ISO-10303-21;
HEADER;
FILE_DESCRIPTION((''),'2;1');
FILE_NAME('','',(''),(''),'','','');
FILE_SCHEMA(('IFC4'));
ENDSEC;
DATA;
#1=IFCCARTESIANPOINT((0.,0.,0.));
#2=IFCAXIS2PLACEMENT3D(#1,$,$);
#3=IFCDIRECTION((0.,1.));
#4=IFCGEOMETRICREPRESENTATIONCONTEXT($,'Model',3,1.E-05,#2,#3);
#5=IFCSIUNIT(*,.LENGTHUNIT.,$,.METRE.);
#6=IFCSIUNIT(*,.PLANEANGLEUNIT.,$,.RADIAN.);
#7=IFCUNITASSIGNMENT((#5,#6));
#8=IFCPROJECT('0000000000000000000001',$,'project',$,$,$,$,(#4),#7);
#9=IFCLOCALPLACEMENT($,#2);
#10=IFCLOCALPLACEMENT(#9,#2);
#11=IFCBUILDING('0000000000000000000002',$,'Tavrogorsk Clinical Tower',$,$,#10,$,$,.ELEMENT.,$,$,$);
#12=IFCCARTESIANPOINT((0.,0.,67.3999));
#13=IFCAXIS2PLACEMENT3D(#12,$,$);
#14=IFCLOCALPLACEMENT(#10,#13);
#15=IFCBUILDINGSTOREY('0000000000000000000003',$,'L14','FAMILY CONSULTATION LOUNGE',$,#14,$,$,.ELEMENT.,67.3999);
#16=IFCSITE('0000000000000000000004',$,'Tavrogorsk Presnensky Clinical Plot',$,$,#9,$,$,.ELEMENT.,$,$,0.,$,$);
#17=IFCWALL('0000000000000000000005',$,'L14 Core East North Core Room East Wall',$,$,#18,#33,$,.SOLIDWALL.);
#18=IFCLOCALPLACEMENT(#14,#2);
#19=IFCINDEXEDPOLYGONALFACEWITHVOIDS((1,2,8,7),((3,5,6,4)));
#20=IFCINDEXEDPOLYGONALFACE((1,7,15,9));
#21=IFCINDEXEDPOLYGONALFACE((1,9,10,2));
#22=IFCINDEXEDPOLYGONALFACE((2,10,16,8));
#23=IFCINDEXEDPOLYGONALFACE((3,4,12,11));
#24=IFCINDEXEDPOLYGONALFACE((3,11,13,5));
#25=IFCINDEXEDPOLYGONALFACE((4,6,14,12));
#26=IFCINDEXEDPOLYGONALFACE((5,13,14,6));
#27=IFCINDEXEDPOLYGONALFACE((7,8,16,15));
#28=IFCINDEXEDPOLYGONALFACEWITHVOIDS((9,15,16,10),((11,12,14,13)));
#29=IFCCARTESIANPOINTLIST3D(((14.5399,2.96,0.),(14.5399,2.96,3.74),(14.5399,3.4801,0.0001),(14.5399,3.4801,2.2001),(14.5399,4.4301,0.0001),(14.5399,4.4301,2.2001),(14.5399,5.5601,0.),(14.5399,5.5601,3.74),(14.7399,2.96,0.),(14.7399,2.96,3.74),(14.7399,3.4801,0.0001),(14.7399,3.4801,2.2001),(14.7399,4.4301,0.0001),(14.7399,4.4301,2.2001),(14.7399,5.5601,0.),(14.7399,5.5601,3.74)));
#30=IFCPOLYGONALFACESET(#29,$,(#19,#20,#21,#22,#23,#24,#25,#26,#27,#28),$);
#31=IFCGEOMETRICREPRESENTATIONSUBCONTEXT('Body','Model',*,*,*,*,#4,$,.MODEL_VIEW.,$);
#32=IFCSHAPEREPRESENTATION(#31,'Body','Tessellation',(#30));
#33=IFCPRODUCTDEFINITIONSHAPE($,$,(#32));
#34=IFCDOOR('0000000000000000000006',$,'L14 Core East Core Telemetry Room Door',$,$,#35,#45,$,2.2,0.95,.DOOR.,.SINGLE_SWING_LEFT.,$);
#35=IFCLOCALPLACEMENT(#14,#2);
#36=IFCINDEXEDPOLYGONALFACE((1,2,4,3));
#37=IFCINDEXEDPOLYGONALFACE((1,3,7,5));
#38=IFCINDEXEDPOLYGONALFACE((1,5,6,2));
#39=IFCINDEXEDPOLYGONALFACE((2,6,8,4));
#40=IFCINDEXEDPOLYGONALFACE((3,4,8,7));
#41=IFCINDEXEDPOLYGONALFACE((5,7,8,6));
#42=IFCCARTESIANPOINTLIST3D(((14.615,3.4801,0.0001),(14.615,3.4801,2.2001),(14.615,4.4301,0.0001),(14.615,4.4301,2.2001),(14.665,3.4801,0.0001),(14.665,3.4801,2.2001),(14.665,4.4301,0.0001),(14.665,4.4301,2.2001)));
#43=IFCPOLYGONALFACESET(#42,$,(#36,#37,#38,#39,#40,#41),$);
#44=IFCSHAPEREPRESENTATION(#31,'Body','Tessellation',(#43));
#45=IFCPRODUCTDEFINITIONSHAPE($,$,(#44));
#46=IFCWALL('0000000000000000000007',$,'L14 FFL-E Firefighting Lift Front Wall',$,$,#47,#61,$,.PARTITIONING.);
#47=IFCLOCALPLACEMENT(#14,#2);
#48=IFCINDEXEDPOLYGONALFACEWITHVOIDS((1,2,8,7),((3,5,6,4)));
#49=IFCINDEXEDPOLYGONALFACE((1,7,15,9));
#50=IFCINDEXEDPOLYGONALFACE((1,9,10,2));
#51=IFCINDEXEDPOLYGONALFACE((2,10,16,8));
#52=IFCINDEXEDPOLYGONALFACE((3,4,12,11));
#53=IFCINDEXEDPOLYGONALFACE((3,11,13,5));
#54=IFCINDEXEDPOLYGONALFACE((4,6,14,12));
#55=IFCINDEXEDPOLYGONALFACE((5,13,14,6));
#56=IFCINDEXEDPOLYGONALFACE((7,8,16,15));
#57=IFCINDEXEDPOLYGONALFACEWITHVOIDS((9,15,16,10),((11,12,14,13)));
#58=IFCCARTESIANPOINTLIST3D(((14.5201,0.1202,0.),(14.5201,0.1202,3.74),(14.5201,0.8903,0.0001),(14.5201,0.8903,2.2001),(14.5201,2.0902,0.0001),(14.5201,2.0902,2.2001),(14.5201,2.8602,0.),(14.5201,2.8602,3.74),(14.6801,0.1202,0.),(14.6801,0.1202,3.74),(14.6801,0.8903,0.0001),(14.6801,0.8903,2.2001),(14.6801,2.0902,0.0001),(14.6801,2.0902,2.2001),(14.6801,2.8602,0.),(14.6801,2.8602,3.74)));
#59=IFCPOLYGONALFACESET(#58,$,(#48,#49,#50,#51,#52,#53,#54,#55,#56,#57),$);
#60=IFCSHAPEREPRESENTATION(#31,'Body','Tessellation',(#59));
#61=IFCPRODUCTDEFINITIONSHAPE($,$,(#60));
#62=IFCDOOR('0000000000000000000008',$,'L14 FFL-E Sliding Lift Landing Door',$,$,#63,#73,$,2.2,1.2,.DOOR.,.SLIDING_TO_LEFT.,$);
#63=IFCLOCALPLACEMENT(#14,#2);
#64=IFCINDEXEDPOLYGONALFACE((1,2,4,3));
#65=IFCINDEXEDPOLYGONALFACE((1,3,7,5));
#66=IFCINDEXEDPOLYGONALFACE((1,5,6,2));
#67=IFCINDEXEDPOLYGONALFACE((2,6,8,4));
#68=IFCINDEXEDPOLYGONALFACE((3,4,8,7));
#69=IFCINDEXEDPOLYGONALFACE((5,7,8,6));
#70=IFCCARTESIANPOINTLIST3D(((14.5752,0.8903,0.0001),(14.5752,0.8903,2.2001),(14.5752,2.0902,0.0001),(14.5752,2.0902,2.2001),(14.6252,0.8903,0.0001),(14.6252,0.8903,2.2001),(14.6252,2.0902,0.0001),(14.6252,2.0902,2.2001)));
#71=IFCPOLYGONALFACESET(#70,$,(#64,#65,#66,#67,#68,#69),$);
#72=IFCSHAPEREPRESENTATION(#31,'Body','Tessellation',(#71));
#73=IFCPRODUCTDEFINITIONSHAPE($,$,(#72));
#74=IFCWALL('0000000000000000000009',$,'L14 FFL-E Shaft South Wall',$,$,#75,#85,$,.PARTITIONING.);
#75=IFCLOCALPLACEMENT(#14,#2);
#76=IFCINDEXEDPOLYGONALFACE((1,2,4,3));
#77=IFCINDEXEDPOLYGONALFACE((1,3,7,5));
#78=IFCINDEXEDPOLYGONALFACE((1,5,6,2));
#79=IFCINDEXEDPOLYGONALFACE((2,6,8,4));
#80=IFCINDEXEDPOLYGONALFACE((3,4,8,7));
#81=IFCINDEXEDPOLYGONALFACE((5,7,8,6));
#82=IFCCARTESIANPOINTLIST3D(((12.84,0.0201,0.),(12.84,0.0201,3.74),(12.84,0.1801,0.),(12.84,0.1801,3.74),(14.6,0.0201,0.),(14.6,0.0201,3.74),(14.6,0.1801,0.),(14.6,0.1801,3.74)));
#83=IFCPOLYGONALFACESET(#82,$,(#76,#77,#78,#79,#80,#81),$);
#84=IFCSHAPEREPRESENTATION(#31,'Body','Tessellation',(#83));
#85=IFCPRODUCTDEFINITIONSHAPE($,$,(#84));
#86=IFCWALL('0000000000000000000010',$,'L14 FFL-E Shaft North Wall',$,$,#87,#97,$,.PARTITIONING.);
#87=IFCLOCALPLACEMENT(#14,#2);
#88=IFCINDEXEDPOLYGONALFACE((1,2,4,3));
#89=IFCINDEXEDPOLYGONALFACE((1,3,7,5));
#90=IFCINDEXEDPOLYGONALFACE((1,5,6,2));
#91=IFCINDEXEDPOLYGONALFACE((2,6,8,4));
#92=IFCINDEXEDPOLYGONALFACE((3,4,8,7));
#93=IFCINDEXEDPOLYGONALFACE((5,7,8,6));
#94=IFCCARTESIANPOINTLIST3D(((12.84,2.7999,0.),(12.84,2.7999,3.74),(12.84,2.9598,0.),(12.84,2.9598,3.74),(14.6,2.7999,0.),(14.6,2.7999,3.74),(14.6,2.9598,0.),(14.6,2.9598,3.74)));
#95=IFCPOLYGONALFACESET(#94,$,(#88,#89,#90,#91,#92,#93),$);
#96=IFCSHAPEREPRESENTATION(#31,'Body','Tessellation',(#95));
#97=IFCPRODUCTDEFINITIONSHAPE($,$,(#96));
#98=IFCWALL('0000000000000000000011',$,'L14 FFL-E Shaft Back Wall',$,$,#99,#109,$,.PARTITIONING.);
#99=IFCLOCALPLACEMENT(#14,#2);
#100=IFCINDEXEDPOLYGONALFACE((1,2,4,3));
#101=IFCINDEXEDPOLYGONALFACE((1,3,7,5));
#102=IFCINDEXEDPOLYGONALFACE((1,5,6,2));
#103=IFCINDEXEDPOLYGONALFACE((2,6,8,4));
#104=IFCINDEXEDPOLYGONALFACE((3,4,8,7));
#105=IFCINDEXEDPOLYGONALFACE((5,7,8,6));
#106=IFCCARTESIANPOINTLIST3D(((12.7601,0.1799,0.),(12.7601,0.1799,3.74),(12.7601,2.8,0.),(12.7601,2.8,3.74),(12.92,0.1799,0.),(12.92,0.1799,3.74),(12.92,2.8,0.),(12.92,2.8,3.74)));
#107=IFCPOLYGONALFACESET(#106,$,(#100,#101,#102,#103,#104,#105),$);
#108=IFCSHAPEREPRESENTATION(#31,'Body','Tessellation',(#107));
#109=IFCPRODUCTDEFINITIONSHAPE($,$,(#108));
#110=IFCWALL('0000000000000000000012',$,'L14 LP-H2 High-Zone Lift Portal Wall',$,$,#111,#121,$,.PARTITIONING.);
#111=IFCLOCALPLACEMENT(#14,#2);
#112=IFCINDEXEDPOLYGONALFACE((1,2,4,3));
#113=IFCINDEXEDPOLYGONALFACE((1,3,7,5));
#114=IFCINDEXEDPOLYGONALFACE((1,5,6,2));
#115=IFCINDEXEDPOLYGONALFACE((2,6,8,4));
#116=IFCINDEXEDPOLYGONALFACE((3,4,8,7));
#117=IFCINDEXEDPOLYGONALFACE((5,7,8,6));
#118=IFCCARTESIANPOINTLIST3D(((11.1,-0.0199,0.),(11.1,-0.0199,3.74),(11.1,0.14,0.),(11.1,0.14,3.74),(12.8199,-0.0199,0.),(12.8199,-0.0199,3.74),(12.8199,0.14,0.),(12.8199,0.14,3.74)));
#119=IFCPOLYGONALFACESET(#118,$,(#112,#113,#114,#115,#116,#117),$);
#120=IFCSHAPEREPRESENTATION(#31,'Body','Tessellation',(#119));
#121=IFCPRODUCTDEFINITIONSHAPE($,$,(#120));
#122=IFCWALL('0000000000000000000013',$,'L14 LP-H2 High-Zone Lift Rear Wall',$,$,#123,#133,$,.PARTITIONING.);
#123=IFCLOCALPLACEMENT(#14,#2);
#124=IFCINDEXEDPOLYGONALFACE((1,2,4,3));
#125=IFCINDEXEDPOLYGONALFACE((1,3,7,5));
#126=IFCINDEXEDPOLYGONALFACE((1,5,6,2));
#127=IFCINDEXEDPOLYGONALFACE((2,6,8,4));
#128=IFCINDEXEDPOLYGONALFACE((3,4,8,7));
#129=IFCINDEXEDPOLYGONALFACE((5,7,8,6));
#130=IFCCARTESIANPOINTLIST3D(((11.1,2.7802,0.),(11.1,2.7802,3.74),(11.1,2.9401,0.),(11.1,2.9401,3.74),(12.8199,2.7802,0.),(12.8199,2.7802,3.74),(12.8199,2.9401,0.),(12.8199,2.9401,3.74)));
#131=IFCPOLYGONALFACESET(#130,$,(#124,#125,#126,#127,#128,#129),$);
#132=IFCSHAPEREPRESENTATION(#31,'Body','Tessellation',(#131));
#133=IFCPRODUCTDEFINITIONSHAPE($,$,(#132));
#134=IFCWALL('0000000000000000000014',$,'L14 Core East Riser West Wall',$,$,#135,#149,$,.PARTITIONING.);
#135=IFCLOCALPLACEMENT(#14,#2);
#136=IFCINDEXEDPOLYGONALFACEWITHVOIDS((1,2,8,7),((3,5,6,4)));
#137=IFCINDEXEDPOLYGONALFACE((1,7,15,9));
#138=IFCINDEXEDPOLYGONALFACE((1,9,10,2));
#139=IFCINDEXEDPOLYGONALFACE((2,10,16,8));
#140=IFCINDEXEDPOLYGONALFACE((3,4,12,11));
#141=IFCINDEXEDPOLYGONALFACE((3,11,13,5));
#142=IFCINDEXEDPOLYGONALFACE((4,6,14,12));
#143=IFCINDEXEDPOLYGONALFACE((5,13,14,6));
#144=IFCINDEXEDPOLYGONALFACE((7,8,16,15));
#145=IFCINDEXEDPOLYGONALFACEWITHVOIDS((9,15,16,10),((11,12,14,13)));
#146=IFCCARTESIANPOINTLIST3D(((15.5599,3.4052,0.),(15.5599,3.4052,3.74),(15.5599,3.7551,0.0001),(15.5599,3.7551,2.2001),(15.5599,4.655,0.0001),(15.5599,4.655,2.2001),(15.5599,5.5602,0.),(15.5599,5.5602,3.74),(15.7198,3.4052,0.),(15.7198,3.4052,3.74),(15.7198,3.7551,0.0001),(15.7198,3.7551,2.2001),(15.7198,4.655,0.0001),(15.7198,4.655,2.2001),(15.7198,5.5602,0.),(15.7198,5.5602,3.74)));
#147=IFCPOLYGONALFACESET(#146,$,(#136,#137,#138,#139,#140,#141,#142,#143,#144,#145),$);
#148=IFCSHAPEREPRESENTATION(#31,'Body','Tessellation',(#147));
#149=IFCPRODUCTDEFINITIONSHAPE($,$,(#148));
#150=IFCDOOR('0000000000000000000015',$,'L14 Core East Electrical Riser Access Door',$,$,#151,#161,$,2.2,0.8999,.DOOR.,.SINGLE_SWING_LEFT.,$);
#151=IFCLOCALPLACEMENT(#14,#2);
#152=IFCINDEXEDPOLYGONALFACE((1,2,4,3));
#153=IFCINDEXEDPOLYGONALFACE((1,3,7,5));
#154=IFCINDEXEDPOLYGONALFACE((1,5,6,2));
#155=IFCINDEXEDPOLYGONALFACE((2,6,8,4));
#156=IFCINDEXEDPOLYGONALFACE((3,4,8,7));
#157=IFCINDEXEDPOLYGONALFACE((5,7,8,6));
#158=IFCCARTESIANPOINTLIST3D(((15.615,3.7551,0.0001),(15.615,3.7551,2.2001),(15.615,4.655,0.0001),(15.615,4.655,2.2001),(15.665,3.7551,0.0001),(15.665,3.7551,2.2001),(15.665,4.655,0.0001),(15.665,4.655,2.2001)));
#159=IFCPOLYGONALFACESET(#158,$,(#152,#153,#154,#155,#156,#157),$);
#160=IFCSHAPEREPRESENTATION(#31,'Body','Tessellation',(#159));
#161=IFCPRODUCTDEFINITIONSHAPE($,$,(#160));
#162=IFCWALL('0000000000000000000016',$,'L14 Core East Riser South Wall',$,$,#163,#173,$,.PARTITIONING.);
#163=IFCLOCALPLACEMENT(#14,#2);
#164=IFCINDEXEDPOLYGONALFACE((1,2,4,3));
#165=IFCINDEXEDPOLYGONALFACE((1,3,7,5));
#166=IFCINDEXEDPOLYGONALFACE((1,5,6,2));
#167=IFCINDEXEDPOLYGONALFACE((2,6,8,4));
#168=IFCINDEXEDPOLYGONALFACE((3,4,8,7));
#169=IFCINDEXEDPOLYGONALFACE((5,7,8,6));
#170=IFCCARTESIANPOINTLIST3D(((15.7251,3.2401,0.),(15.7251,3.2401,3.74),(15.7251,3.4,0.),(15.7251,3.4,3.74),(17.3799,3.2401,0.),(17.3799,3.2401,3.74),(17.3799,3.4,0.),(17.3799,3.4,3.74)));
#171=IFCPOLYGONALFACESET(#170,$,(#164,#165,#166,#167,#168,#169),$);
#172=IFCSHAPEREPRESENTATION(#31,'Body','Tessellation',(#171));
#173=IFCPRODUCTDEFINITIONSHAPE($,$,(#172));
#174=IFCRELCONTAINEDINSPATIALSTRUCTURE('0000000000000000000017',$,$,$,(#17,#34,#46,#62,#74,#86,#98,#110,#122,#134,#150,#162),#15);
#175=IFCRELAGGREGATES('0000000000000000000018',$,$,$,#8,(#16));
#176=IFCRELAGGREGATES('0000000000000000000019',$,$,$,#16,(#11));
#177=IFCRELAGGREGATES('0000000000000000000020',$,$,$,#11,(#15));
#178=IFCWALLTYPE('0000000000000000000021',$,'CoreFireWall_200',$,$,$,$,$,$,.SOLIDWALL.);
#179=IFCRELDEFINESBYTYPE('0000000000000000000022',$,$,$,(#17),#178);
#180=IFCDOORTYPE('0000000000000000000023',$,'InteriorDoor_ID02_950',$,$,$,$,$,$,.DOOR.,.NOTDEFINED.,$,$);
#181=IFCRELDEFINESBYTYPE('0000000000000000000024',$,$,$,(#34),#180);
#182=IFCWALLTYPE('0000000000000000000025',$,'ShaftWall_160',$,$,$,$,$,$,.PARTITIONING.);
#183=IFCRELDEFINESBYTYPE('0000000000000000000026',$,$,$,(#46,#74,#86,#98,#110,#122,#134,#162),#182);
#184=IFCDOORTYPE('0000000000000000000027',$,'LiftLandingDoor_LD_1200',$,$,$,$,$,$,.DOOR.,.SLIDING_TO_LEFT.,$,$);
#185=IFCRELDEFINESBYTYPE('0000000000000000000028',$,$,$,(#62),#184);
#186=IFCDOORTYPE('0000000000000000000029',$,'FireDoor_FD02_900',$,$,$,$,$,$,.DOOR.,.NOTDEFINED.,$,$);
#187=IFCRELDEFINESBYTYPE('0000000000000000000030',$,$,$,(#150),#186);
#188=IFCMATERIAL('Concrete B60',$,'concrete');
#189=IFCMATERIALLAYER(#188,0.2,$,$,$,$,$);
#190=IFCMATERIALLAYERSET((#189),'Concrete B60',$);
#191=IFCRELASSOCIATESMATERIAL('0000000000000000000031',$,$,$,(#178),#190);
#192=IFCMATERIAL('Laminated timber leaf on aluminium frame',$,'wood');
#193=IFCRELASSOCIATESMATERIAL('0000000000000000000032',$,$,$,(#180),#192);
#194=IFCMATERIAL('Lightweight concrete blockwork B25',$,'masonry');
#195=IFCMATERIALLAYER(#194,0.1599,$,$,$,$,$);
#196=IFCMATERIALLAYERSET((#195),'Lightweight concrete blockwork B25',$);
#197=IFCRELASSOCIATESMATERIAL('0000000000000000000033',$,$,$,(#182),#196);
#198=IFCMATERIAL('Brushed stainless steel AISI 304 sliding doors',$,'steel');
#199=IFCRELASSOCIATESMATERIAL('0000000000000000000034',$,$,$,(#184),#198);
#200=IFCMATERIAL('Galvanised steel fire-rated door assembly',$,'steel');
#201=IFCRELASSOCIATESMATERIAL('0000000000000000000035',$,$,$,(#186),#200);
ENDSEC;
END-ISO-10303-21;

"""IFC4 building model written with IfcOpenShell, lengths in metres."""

from ifc_helpers import new_model, si_unit, direction, frame, frame_2d, origin, place, context, subcontext, project, spatial, rectangle, extrude, material, layer, layer_set, type_object, element, fill, save


model = new_model("IFC4")

# Units and contexts
model_context = context("Model", 3, precision=1e-05, world=origin(), true_north=direction((0.0, 1.0)))
body_context = subcontext(model_context, "Body", "Model", "MODEL_VIEW")
ifc_project = project(units=[si_unit("LENGTHUNIT", "METRE"), si_unit("PLANEANGLEUNIT", "RADIAN")], contexts=[model_context])

# Site, building, storey
site_placement = place(None, origin())
site = spatial("IfcSite", under=ifc_project, at=site_placement, Name="Tavrogorsk Presnensky Clinical Plot", CompositionType="ELEMENT", RefElevation=0.0)
building_placement = place(site_placement, origin())
building = spatial("IfcBuilding", under=site, at=building_placement, Name="Tavrogorsk Clinical Tower", CompositionType="ELEMENT")
storey_placement = place(building_placement, frame((0.0, 0.0, 67.3999)))
storey = spatial("IfcBuildingStorey", under=building, at=storey_placement, Name="L14", Description="FAMILY CONSULTATION LOUNGE", CompositionType="ELEMENT", Elevation=67.3999)

# Walls, openings, doors
ifc_material_1 = material(Name="Concrete B60", Category="concrete")
ifc_layer_1 = layer(ifc_material_1, 0.2)
ifc_layer_set_1 = layer_set([ifc_layer_1], Name="Concrete B60")
wall_type_1 = type_object("IfcWallType", Name="CoreFireWall_200", PredefinedType="SOLIDWALL", material=ifc_layer_set_1)
wall_1_placement = place(storey_placement, frame((14.6399, 2.96, 0.0), z_axis=(0.0, 0.0, 1.0), x_axis=(0.0, 1.0, 0.0)))
wall_1 = element("IfcWall", 1, at=wall_1_placement, inside=storey, type_object=wall_type_1, Name="L14 Core East North Core Room East Wall", PredefinedType="SOLIDWALL", context=body_context, shape_type="SweptSolid", body=[
    extrude(rectangle(XDim=2.6001, YDim=0.2, at=frame_2d((1.3, 0.0))), origin(), (0.0, 0.0, 1.0), 3.74),
])
opening_1_placement = place(wall_1_placement, frame((0.52, 0.0, 0.0)))
opening_1 = element("IfcOpeningElement", 2, at=opening_1_placement, cuts=wall_1, PredefinedType="OPENING", context=body_context, shape_type="SweptSolid", body=[
    extrude(rectangle(XDim=0.95, YDim=2.2, at=frame_2d((0.4751, 1.1001))), frame((0.0, 0.1099, 0.0), z_axis=(0.0, -1.0, 0.0), x_axis=(1.0, 0.0, 0.0)), (0.0, 0.0, 1.0), 0.22),
])
ifc_material_2 = material(Name="Laminated timber leaf on aluminium frame", Category="wood")
door_type_1 = type_object("IfcDoorType", Name="InteriorDoor_ID02_950", OperationType="NOTDEFINED", PredefinedType="DOOR", material=ifc_material_2)
door_1_placement = place(opening_1_placement, origin())
door_1 = element("IfcDoor", 3, at=door_1_placement, inside=storey, type_object=door_type_1, Name="L14 Core East Core Telemetry Room Door", OperationType="SINGLE_SWING_LEFT", OverallHeight=2.2, OverallWidth=0.95, PredefinedType="DOOR", context=body_context, shape_type="SweptSolid", body=[
    extrude(rectangle(XDim=0.95, YDim=2.2, at=frame_2d((0.4751, 1.1001))), frame((0.0, 0.0249, 0.0), z_axis=(0.0, -1.0, 0.0), x_axis=(1.0, 0.0, 0.0)), (0.0, 0.0, 1.0), 0.05),
])
fill(opening_1, door_1)
ifc_material_3 = material(Name="Lightweight concrete blockwork B25", Category="masonry")
ifc_layer_2 = layer(ifc_material_3, 0.1599)
ifc_layer_set_2 = layer_set([ifc_layer_2], Name="Lightweight concrete blockwork B25")
wall_type_2 = type_object("IfcWallType", Name="ShaftWall_160", PredefinedType="PARTITIONING", material=ifc_layer_set_2)
wall_2_placement = place(storey_placement, frame((14.6001, 0.1201, 0.0), z_axis=(0.0, 0.0, 1.0), x_axis=(0.0, 1.0, 0.0)))
wall_2 = element("IfcWall", 4, at=wall_2_placement, inside=storey, type_object=wall_type_2, Name="L14 FFL-E Firefighting Lift Front Wall", PredefinedType="PARTITIONING", context=body_context, shape_type="SweptSolid", body=[
    extrude(rectangle(XDim=2.74, YDim=0.1599, at=frame_2d((1.3701, 0.0))), origin(), (0.0, 0.0, 1.0), 3.74),
])
opening_2_placement = place(wall_2_placement, frame((0.77, 0.0, 0.0)))
opening_2 = element("IfcOpeningElement", 5, at=opening_2_placement, cuts=wall_2, PredefinedType="OPENING", context=body_context, shape_type="SweptSolid", body=[
    extrude(rectangle(XDim=1.2, YDim=2.2, at=frame_2d((0.6001, 1.1001))), frame((0.0, 0.0898, 0.0), z_axis=(0.0, -1.0, 0.0), x_axis=(1.0, 0.0, 0.0)), (0.0, 0.0, 1.0), 0.1799),
])
ifc_material_4 = material(Name="Brushed stainless steel AISI 304 sliding doors", Category="steel")
door_type_2 = type_object("IfcDoorType", Name="LiftLandingDoor_LD_1200", OperationType="SLIDING_TO_LEFT", PredefinedType="DOOR", material=ifc_material_4)
door_2_placement = place(opening_2_placement, origin())
door_2 = element("IfcDoor", 6, at=door_2_placement, inside=storey, type_object=door_type_2, Name="L14 FFL-E Sliding Lift Landing Door", OperationType="SLIDING_TO_LEFT", OverallHeight=2.2, OverallWidth=1.2, PredefinedType="DOOR", context=body_context, shape_type="SweptSolid", body=[
    extrude(rectangle(XDim=1.2, YDim=2.2, at=frame_2d((0.6001, 1.1001))), frame((0.0, 0.0249, 0.0), z_axis=(0.0, -1.0, 0.0), x_axis=(1.0, 0.0, 0.0)), (0.0, 0.0, 1.0), 0.05),
])
fill(opening_2, door_2)

# Walls
for number, where, z_axis, x_axis, name in (
    (7, (12.8401, 0.1001, 0.0), (0.0, 0.0, 1.0), (1.0, 0.0, 0.0), "L14 FFL-E Shaft South Wall"),
    (8, (12.8401, 2.8799, 0.0), (0.0, 0.0, 1.0), (1.0, 0.0, 0.0), "L14 FFL-E Shaft North Wall"),
):
    element("IfcWall", number, at=place(storey_placement, frame(where, z_axis=z_axis, x_axis=x_axis)), inside=storey, type_object=wall_type_2, Name=name, PredefinedType="PARTITIONING", context=body_context, shape_type="SweptSolid", body=[
        extrude(rectangle(XDim=1.76, YDim=0.1599, at=frame_2d((0.8799, 0.0))), origin(), (0.0, 0.0, 1.0), 3.74),
    ])
wall_3_placement = place(storey_placement, frame((12.8401, 0.1799, 0.0), z_axis=(0.0, 0.0, 1.0), x_axis=(0.0, 1.0, 0.0)))
element("IfcWall", 9, at=wall_3_placement, inside=storey, type_object=wall_type_2, Name="L14 FFL-E Shaft Back Wall", PredefinedType="PARTITIONING", context=body_context, shape_type="SweptSolid", body=[
    extrude(rectangle(XDim=2.6201, YDim=0.1599, at=frame_2d((1.3101, 0.0))), origin(), (0.0, 0.0, 1.0), 3.74),
])
for number, where, z_axis, x_axis, name in (
    (10, (11.1001, 0.0601, 0.0), (0.0, 0.0, 1.0), (1.0, 0.0, 0.0), "L14 LP-H2 High-Zone Lift Portal Wall"),
    (11, (11.1001, 2.8601, 0.0), (0.0, 0.0, 1.0), (1.0, 0.0, 0.0), "L14 LP-H2 High-Zone Lift Rear Wall"),
):
    element("IfcWall", number, at=place(storey_placement, frame(where, z_axis=z_axis, x_axis=x_axis)), inside=storey, type_object=wall_type_2, Name=name, PredefinedType="PARTITIONING", context=body_context, shape_type="SweptSolid", body=[
        extrude(rectangle(XDim=1.72, YDim=0.1599, at=frame_2d((0.8599, 0.0))), origin(), (0.0, 0.0, 1.0), 3.74),
    ])

# Wall, opening, door
wall_4_placement = place(storey_placement, frame((15.6399, 3.405, 0.0), z_axis=(0.0, 0.0, 1.0), x_axis=(0.0, 1.0, 0.0)))
wall_4 = element("IfcWall", 12, at=wall_4_placement, inside=storey, type_object=wall_type_2, Name="L14 Core East Riser West Wall", PredefinedType="PARTITIONING", context=body_context, shape_type="SweptSolid", body=[
    extrude(rectangle(XDim=2.155, YDim=0.1599, at=frame_2d((1.0776, 0.0))), origin(), (0.0, 0.0, 1.0), 3.74),
])
opening_3_placement = place(wall_4_placement, frame((0.3501, 0.0, 0.0)))
opening_3 = element("IfcOpeningElement", 13, at=opening_3_placement, cuts=wall_4, PredefinedType="OPENING", context=body_context, shape_type="SweptSolid", body=[
    extrude(rectangle(XDim=0.8999, YDim=2.2, at=frame_2d((0.45, 1.1001))), frame((0.0, 0.0898, 0.0), z_axis=(0.0, -1.0, 0.0), x_axis=(1.0, 0.0, 0.0)), (0.0, 0.0, 1.0), 0.1799),
])
ifc_material_5 = material(Name="Galvanised steel fire-rated door assembly", Category="steel")
door_type_3 = type_object("IfcDoorType", Name="FireDoor_FD02_900", OperationType="NOTDEFINED", PredefinedType="DOOR", material=ifc_material_5)
door_3_placement = place(opening_3_placement, origin())
door_3 = element("IfcDoor", 14, at=door_3_placement, inside=storey, type_object=door_type_3, Name="L14 Core East Electrical Riser Access Door", OperationType="SINGLE_SWING_LEFT", OverallHeight=2.2, OverallWidth=0.8999, PredefinedType="DOOR", context=body_context, shape_type="SweptSolid", body=[
    extrude(rectangle(XDim=0.8999, YDim=2.2, at=frame_2d((0.45, 1.1001))), frame((0.0, 0.0249, 0.0), z_axis=(0.0, -1.0, 0.0), x_axis=(1.0, 0.0, 0.0)), (0.0, 0.0, 1.0), 0.05),
])
fill(opening_3, door_3)

# Wall
wall_5_placement = place(storey_placement, frame((15.7251, 3.3201, 0.0), z_axis=(0.0, 0.0, 1.0), x_axis=(1.0, 0.0, 0.0)))
element("IfcWall", 15, at=wall_5_placement, inside=storey, type_object=wall_type_2, Name="L14 Core East Riser South Wall", PredefinedType="PARTITIONING", context=body_context, shape_type="SweptSolid", body=[
    extrude(rectangle(XDim=1.6548, YDim=0.1599, at=frame_2d((0.8274, 0.0))), origin(), (0.0, 0.0, 1.0), 3.74),
])

save(model, "model.ifc")
